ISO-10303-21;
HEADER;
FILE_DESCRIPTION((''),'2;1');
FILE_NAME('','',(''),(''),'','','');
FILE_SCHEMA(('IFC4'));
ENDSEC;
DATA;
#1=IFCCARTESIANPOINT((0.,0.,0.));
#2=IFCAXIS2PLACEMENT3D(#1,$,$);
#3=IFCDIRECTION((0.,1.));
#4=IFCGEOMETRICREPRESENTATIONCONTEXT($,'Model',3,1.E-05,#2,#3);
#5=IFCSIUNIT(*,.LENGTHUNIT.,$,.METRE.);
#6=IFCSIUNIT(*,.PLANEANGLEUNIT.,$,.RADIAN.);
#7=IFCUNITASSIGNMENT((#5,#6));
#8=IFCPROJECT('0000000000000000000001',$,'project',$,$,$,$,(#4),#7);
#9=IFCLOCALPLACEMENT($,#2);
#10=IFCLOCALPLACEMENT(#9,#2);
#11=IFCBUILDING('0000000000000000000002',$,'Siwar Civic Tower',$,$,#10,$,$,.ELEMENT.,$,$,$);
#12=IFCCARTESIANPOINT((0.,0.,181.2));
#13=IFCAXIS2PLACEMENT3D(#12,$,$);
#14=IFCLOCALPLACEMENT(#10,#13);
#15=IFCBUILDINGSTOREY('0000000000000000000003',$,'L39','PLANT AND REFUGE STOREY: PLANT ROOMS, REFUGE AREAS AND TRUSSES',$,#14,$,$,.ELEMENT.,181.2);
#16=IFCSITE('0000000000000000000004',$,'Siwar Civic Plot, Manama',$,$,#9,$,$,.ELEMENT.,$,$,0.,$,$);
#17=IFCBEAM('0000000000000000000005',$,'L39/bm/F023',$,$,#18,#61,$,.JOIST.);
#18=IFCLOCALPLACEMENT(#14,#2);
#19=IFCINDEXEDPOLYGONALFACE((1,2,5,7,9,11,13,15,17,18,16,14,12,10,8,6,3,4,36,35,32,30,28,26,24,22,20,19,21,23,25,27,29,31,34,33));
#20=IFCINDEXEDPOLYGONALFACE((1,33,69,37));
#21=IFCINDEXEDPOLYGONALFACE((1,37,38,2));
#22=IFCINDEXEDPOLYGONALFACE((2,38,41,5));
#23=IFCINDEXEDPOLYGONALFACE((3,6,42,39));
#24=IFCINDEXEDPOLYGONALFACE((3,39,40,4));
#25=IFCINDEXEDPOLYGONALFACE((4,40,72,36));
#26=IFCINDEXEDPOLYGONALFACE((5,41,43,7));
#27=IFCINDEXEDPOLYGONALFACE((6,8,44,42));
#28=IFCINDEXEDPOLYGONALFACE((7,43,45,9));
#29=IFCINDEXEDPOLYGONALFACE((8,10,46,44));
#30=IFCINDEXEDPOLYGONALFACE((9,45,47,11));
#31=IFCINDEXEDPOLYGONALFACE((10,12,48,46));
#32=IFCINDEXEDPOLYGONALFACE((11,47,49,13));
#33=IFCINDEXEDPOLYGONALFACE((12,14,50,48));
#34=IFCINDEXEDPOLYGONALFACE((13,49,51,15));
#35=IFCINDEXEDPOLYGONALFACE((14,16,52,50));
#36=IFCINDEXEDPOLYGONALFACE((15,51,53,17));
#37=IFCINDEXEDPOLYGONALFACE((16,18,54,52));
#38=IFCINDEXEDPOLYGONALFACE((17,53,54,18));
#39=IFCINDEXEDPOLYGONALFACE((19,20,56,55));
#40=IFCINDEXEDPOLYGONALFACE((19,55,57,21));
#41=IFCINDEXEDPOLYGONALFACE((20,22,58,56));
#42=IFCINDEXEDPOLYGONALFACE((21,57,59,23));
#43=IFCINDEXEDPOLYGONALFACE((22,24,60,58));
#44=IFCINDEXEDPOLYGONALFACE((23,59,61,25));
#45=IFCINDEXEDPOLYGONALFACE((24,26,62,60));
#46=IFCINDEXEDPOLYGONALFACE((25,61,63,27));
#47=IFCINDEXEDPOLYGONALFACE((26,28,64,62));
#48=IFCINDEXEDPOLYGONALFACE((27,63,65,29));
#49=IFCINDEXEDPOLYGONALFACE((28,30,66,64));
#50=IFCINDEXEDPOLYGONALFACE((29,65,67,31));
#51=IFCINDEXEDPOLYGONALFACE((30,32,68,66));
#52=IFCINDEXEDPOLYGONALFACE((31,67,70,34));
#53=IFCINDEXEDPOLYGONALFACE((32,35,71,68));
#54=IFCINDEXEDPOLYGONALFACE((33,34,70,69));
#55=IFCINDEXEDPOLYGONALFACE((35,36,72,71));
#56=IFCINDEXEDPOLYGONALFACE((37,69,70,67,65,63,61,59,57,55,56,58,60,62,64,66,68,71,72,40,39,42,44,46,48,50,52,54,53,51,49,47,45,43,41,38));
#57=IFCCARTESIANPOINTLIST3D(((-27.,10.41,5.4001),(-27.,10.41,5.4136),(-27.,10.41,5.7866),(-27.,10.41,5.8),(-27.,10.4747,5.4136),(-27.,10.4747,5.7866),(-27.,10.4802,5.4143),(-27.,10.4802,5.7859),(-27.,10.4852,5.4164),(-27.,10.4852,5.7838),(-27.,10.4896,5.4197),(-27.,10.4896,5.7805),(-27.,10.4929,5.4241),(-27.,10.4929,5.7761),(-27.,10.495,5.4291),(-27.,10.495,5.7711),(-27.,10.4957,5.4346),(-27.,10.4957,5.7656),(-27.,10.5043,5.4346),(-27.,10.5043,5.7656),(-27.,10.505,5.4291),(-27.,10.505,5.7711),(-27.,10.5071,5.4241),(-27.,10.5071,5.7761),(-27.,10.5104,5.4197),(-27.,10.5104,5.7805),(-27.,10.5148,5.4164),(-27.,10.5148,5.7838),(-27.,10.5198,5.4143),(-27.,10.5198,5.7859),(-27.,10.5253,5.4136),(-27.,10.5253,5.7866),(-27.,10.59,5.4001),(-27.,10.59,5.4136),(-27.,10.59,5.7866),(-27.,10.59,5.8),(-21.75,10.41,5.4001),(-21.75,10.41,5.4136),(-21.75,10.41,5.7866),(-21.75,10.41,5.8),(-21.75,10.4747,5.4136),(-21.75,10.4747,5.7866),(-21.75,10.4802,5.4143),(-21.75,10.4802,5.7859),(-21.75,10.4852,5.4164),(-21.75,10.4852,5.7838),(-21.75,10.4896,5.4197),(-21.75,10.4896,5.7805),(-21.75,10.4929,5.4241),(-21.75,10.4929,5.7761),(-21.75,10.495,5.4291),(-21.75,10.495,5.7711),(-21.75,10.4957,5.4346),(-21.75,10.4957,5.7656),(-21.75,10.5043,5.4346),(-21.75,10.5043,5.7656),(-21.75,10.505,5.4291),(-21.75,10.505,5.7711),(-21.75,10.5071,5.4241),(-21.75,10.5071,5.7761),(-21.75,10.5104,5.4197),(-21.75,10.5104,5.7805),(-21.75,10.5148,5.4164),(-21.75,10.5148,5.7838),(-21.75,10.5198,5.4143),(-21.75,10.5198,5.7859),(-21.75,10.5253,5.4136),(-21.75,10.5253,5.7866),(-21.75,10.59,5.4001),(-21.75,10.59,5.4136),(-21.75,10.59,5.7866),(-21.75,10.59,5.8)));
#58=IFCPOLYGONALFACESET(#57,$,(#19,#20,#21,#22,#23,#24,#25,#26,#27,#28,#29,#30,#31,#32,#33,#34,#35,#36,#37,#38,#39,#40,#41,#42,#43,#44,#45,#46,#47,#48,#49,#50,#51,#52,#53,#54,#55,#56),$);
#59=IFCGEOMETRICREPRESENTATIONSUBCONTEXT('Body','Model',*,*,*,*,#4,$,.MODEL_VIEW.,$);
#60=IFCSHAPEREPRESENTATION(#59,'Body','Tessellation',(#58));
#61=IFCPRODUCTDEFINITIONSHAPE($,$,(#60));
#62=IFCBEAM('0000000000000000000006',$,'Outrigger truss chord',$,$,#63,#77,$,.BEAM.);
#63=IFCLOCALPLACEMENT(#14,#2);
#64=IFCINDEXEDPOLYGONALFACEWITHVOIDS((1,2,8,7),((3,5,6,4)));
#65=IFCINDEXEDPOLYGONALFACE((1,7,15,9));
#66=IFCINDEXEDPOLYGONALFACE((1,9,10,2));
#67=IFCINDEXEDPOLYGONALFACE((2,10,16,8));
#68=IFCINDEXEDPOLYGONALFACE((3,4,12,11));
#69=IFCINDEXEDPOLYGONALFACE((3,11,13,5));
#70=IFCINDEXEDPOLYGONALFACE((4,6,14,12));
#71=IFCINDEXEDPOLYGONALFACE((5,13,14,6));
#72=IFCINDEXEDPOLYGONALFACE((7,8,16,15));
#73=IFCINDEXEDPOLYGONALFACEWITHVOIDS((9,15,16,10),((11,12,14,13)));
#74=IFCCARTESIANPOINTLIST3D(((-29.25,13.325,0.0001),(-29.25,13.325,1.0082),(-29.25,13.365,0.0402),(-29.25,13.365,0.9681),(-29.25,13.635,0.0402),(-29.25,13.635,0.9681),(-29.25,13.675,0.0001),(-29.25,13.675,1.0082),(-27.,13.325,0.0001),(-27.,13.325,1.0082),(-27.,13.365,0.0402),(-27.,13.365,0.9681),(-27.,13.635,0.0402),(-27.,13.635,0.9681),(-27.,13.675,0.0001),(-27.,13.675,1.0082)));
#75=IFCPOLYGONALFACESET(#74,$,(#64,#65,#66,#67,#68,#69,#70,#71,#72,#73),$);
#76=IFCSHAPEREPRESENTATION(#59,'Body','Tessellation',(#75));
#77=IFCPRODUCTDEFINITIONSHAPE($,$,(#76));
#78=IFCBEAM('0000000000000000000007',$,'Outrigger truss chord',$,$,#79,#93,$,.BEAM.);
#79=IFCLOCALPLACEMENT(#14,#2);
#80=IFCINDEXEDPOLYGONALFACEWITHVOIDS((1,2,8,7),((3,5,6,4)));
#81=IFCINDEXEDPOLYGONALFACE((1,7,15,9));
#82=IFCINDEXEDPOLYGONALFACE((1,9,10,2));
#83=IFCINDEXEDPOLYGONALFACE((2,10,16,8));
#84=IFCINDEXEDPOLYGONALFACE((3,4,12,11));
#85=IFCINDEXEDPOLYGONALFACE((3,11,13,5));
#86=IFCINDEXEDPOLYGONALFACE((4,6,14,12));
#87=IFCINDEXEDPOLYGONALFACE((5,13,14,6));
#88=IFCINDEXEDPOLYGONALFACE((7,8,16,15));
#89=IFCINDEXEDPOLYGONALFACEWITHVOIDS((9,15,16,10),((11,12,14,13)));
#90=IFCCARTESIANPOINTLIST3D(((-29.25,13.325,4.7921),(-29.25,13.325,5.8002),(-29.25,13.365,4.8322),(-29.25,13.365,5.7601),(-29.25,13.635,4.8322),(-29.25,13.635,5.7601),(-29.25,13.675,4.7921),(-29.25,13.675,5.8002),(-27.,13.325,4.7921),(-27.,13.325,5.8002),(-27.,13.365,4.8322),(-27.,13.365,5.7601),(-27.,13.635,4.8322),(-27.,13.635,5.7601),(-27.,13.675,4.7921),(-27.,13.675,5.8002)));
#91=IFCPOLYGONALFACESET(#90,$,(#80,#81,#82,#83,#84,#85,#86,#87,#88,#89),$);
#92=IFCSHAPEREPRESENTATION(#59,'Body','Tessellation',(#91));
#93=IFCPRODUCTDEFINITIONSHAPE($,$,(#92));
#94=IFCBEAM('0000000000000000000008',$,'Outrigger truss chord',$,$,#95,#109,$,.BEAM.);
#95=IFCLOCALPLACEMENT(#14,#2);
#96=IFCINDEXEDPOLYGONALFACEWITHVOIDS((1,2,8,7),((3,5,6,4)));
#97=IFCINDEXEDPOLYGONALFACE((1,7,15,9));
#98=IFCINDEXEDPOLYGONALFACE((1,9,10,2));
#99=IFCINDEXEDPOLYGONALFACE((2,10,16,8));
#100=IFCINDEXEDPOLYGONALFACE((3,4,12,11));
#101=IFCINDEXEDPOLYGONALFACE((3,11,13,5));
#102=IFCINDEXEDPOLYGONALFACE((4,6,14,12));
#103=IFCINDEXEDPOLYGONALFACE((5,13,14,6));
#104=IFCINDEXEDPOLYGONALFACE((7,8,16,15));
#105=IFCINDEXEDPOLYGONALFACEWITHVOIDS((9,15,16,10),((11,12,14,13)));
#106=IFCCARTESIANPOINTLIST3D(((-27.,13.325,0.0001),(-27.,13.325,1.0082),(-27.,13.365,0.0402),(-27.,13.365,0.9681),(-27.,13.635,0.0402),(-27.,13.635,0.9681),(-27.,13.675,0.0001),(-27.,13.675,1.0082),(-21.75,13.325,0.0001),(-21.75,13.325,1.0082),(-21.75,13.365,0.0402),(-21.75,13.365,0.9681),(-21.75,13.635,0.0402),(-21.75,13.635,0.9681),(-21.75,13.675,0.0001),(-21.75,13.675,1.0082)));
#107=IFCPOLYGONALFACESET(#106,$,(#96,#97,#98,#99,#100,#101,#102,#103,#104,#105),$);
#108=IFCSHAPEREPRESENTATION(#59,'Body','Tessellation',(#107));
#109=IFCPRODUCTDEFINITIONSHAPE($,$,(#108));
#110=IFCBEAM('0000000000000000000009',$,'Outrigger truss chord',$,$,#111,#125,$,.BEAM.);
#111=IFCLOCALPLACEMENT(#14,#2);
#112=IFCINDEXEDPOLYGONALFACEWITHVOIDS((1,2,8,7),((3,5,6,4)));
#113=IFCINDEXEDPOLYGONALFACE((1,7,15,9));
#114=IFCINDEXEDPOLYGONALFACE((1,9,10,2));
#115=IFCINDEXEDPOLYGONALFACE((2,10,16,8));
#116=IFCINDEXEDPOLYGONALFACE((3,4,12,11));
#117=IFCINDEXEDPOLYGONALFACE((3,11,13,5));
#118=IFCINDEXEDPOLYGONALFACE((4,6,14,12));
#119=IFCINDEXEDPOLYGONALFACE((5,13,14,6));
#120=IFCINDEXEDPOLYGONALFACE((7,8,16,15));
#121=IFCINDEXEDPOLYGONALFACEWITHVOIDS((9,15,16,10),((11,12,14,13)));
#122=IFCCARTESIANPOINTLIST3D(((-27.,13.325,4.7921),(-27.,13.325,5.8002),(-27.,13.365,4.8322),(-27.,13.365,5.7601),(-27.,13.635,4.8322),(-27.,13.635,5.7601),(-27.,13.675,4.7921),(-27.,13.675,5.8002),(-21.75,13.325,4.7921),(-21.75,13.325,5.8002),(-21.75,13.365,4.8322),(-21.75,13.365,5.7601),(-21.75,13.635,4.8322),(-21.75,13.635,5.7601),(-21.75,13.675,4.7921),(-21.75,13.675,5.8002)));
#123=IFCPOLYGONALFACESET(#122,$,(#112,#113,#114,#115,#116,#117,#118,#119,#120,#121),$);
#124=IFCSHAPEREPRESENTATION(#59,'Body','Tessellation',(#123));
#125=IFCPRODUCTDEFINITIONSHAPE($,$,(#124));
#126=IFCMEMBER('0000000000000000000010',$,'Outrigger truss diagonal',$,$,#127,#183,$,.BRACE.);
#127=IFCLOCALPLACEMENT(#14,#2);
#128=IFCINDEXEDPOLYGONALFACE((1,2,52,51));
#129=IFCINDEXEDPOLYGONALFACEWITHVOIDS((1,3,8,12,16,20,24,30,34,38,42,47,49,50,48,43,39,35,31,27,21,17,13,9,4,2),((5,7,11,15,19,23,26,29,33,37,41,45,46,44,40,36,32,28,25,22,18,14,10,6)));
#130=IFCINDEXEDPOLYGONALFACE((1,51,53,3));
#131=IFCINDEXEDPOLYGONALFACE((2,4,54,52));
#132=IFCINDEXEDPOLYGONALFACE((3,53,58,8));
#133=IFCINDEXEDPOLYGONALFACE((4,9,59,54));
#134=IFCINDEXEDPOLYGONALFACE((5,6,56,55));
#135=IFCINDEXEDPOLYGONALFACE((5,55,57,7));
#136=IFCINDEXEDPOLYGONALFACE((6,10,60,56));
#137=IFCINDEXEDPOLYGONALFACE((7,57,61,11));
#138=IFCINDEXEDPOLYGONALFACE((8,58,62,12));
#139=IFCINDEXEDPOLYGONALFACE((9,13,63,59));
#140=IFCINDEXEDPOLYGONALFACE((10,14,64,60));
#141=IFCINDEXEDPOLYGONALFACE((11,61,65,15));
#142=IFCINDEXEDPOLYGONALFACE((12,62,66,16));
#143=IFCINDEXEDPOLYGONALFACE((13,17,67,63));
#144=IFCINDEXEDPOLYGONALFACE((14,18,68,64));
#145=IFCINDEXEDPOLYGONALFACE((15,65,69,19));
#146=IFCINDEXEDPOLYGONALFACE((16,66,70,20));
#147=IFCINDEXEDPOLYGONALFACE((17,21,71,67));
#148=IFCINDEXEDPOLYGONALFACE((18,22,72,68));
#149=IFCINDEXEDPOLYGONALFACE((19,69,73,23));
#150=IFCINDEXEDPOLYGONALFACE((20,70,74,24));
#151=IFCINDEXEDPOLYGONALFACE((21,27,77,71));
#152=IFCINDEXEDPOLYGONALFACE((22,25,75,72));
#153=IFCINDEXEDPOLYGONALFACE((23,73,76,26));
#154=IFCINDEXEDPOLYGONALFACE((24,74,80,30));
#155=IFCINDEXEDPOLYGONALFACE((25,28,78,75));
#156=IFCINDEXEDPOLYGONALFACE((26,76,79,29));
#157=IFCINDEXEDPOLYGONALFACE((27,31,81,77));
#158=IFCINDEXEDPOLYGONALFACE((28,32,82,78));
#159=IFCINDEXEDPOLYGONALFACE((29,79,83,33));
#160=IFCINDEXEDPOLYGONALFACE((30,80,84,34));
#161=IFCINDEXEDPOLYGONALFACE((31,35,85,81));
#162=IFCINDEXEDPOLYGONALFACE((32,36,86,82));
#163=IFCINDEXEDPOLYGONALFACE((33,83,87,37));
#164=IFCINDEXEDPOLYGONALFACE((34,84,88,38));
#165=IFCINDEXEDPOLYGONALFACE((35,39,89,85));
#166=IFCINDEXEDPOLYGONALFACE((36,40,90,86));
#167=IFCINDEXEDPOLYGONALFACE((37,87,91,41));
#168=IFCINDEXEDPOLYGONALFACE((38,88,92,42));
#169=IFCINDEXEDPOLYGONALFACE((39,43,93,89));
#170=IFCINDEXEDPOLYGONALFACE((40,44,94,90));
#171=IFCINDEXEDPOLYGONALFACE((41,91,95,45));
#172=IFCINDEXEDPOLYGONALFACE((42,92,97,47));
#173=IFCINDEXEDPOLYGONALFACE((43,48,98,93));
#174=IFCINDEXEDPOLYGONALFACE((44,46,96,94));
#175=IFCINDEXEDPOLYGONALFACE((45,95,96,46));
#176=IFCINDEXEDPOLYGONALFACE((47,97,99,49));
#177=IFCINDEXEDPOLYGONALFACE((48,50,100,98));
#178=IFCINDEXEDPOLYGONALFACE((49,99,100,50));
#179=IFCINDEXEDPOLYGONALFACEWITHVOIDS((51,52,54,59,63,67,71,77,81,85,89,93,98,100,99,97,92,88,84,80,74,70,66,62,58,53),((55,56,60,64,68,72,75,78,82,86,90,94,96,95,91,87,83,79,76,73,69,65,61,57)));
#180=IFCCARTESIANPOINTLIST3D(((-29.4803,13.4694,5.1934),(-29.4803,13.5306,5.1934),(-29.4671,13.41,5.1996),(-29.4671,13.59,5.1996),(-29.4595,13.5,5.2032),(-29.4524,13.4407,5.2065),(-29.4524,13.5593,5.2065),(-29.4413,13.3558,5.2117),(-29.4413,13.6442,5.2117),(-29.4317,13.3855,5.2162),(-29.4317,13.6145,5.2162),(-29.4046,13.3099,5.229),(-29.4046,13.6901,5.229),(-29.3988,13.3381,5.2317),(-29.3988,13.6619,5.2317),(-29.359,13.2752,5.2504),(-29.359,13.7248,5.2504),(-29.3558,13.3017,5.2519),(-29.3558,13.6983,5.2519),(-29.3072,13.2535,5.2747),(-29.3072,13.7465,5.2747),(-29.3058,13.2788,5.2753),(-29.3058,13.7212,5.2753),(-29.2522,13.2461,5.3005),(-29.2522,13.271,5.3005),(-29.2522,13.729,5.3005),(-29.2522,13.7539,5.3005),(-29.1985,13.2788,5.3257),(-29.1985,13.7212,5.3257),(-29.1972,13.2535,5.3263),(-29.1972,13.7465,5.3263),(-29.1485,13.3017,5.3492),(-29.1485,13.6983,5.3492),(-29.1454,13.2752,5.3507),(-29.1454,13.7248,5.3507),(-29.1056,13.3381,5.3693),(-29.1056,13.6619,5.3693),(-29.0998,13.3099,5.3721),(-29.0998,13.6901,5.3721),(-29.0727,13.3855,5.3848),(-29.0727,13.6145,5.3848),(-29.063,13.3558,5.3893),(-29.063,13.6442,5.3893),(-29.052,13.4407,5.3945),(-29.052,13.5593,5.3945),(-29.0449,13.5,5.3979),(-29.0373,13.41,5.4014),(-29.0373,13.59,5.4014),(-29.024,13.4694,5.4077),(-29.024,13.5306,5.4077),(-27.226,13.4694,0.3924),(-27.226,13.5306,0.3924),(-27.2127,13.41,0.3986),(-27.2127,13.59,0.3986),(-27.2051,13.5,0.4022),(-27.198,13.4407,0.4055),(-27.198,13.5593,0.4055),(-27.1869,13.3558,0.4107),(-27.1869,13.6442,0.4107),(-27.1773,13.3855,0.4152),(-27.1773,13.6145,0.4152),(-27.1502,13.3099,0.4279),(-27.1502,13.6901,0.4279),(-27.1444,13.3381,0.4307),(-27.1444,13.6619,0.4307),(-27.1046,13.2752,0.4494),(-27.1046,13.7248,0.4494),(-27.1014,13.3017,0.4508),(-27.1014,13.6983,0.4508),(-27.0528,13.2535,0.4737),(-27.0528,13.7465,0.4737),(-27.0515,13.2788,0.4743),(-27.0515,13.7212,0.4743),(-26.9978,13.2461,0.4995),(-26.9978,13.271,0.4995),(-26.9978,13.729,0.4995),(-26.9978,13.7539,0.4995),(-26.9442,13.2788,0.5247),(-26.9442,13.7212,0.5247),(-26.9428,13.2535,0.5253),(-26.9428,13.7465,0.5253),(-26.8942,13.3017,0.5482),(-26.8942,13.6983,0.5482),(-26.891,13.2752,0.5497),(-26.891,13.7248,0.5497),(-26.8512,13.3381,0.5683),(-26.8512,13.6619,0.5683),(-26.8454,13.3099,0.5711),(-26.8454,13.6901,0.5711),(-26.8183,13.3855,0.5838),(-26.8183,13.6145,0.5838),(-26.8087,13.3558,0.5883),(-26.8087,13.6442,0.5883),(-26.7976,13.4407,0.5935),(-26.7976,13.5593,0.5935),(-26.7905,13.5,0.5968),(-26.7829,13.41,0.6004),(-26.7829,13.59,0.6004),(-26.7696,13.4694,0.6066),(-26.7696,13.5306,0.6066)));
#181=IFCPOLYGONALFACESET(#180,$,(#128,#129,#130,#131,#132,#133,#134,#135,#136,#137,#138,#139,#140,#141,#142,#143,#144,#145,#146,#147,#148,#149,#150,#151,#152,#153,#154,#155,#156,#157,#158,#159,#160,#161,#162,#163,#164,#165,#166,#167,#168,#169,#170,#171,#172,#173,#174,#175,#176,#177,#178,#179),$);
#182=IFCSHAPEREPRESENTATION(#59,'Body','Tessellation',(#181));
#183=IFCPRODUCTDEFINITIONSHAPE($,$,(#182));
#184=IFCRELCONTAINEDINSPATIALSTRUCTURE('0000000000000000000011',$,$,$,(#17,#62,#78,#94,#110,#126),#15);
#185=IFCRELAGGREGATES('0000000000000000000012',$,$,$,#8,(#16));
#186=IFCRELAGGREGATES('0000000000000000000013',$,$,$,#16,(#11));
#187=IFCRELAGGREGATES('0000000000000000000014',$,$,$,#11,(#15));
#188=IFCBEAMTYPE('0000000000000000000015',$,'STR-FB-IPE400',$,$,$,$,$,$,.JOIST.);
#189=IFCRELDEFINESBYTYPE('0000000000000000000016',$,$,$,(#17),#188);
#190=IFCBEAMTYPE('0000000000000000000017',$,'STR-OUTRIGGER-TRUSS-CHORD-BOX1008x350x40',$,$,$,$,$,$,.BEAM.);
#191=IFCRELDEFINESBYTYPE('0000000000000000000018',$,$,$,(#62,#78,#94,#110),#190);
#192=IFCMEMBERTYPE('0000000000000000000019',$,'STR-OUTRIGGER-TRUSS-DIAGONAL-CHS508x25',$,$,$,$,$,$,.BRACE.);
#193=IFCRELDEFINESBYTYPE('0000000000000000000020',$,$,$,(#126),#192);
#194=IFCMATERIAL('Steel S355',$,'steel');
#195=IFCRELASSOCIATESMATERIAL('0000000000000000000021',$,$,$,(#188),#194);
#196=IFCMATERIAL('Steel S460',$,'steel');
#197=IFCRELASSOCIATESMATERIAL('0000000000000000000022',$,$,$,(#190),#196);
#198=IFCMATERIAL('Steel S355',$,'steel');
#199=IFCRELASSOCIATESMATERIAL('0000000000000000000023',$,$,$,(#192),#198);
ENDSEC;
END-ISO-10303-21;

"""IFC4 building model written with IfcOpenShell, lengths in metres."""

from ifc_helpers import new_model, si_unit, direction, frame, origin, origin_2d, place, context, subcontext, project, spatial, hollow_rectangle, hollow_circle, i_section, extrude, material, material_profile, profile_set, type_object, element, save


model = new_model("IFC4")

# Units and contexts
model_context = context("Model", 3, precision=1e-05, world=origin(), true_north=direction((0.0, 1.0)))
body_context = subcontext(model_context, "Body", "Model", "MODEL_VIEW")
ifc_project = project(units=[si_unit("LENGTHUNIT", "METRE"), si_unit("PLANEANGLEUNIT", "RADIAN")], contexts=[model_context])

# Site, building, storey
site_placement = place(None, origin())
site = spatial("IfcSite", under=ifc_project, at=site_placement, Name="Siwar Civic Plot, Manama", CompositionType="ELEMENT", RefElevation=0.0)
building_placement = place(site_placement, origin())
building = spatial("IfcBuilding", under=site, at=building_placement, Name="Siwar Civic Tower", CompositionType="ELEMENT")
storey_placement = place(building_placement, frame((0.0, 0.0, 181.2)))
storey = spatial("IfcBuildingStorey", under=building, at=storey_placement, Name="L39", Description="PLANT AND REFUGE STOREY: PLANT ROOMS, REFUGE AREAS AND TRUSSES", CompositionType="ELEMENT", Elevation=181.2)

# Beams
ifc_material_1 = material(Name="Steel S355", Category="steel")
ifc_material_profile_1 = material_profile(ifc_material_1, i_section(OverallWidth=0.1799, OverallDepth=0.3999, WebThickness=0.0085, FlangeThickness=0.0134, FilletRadius=0.021, at=origin_2d()), Name="IPE400")
ifc_profile_set_1 = profile_set([ifc_material_profile_1], Name="Steel S355")
beam_type_1 = type_object("IfcBeamType", Name="STR-FB-IPE400", PredefinedType="JOIST", material=ifc_profile_set_1)
beam_placement = place(storey_placement, frame((-27.0, 10.5, 5.6001), z_axis=(1.0, 0.0, 0.0), x_axis=(0.0, 1.0, 0.0)))
element("IfcBeam", 1, at=beam_placement, inside=storey, type_object=beam_type_1, Name="L39/bm/F023", PredefinedType="JOIST", context=body_context, shape_type="SweptSolid", body=[
    extrude(i_section(OverallWidth=0.1799, OverallDepth=0.3999, WebThickness=0.0085, FlangeThickness=0.0134, FilletRadius=0.021, at=origin_2d()), origin(), (0.0, 0.0, 1.0), 5.25),
])
ifc_material_2 = material(Name="Steel S460", Category="steel")
ifc_material_profile_2 = material_profile(ifc_material_2, hollow_rectangle(XDim=0.3501, YDim=1.0081, WallThickness=0.04, at=origin_2d()), Name="BOX1008x350x40")
ifc_profile_set_2 = profile_set([ifc_material_profile_2], Name="Steel S460")
beam_type_2 = type_object("IfcBeamType", Name="STR-OUTRIGGER-TRUSS-CHORD-BOX1008x350x40", PredefinedType="BEAM", material=ifc_profile_set_2)
for number, where, z_axis, x_axis, name in (
    (2, (-29.25, 13.5, 0.5042), (1.0, 0.0, 0.0), (0.0, 1.0, 0.0), "Outrigger truss chord"),
    (3, (-29.25, 13.5, 5.2961), (1.0, 0.0, 0.0), (0.0, 1.0, 0.0), "Outrigger truss chord"),
):
    element("IfcBeam", number, at=place(storey_placement, frame(where, z_axis=z_axis, x_axis=x_axis)), inside=storey, type_object=beam_type_2, Name=name, PredefinedType="BEAM", context=body_context, shape_type="SweptSolid", body=[
        extrude(hollow_rectangle(XDim=0.3501, YDim=1.0081, WallThickness=0.04, at=origin_2d()), origin(), (0.0, 0.0, 1.0), 2.25),
    ])
for number, where, z_axis, x_axis, name in (
    (4, (-27.0, 13.5, 0.5042), (1.0, 0.0, 0.0), (0.0, 1.0, 0.0), "Outrigger truss chord"),
    (5, (-27.0, 13.5, 5.2961), (1.0, 0.0, 0.0), (0.0, 1.0, 0.0), "Outrigger truss chord"),
):
    element("IfcBeam", number, at=place(storey_placement, frame(where, z_axis=z_axis, x_axis=x_axis)), inside=storey, type_object=beam_type_2, Name=name, PredefinedType="BEAM", context=body_context, shape_type="SweptSolid", body=[
        extrude(hollow_rectangle(XDim=0.3501, YDim=1.0081, WallThickness=0.04, at=origin_2d()), origin(), (0.0, 0.0, 1.0), 5.25),
    ])

# Member
ifc_material_3 = material(Name="Steel S355", Category="steel")
ifc_material_profile_3 = material_profile(ifc_material_3, hollow_circle(Radius=0.2539, WallThickness=0.0249, at=origin_2d()), Name="CHS508x25")
ifc_profile_set_3 = profile_set([ifc_material_profile_3], Name="Steel S355")
member_type_1 = type_object("IfcMemberType", Name="STR-OUTRIGGER-TRUSS-DIAGONAL-CHS508x25", PredefinedType="BRACE", material=ifc_profile_set_3)
member_1_placement = place(storey_placement, frame((-26.9978, 13.5, 0.4995), z_axis=(-0.425039, 0.0, 0.905175), x_axis=(0.0, -1.0, 0.0)))
element("IfcMember", 6, at=member_1_placement, inside=storey, type_object=member_type_1, Name="Outrigger truss diagonal", PredefinedType="BRACE", context=body_context, shape_type="SweptSolid", body=[
    extrude(hollow_circle(Radius=0.2539, WallThickness=0.0249, at=origin_2d()), origin(), (0.0, 0.0, 1.0), 5.304),
])

save(model, "model.ifc")
